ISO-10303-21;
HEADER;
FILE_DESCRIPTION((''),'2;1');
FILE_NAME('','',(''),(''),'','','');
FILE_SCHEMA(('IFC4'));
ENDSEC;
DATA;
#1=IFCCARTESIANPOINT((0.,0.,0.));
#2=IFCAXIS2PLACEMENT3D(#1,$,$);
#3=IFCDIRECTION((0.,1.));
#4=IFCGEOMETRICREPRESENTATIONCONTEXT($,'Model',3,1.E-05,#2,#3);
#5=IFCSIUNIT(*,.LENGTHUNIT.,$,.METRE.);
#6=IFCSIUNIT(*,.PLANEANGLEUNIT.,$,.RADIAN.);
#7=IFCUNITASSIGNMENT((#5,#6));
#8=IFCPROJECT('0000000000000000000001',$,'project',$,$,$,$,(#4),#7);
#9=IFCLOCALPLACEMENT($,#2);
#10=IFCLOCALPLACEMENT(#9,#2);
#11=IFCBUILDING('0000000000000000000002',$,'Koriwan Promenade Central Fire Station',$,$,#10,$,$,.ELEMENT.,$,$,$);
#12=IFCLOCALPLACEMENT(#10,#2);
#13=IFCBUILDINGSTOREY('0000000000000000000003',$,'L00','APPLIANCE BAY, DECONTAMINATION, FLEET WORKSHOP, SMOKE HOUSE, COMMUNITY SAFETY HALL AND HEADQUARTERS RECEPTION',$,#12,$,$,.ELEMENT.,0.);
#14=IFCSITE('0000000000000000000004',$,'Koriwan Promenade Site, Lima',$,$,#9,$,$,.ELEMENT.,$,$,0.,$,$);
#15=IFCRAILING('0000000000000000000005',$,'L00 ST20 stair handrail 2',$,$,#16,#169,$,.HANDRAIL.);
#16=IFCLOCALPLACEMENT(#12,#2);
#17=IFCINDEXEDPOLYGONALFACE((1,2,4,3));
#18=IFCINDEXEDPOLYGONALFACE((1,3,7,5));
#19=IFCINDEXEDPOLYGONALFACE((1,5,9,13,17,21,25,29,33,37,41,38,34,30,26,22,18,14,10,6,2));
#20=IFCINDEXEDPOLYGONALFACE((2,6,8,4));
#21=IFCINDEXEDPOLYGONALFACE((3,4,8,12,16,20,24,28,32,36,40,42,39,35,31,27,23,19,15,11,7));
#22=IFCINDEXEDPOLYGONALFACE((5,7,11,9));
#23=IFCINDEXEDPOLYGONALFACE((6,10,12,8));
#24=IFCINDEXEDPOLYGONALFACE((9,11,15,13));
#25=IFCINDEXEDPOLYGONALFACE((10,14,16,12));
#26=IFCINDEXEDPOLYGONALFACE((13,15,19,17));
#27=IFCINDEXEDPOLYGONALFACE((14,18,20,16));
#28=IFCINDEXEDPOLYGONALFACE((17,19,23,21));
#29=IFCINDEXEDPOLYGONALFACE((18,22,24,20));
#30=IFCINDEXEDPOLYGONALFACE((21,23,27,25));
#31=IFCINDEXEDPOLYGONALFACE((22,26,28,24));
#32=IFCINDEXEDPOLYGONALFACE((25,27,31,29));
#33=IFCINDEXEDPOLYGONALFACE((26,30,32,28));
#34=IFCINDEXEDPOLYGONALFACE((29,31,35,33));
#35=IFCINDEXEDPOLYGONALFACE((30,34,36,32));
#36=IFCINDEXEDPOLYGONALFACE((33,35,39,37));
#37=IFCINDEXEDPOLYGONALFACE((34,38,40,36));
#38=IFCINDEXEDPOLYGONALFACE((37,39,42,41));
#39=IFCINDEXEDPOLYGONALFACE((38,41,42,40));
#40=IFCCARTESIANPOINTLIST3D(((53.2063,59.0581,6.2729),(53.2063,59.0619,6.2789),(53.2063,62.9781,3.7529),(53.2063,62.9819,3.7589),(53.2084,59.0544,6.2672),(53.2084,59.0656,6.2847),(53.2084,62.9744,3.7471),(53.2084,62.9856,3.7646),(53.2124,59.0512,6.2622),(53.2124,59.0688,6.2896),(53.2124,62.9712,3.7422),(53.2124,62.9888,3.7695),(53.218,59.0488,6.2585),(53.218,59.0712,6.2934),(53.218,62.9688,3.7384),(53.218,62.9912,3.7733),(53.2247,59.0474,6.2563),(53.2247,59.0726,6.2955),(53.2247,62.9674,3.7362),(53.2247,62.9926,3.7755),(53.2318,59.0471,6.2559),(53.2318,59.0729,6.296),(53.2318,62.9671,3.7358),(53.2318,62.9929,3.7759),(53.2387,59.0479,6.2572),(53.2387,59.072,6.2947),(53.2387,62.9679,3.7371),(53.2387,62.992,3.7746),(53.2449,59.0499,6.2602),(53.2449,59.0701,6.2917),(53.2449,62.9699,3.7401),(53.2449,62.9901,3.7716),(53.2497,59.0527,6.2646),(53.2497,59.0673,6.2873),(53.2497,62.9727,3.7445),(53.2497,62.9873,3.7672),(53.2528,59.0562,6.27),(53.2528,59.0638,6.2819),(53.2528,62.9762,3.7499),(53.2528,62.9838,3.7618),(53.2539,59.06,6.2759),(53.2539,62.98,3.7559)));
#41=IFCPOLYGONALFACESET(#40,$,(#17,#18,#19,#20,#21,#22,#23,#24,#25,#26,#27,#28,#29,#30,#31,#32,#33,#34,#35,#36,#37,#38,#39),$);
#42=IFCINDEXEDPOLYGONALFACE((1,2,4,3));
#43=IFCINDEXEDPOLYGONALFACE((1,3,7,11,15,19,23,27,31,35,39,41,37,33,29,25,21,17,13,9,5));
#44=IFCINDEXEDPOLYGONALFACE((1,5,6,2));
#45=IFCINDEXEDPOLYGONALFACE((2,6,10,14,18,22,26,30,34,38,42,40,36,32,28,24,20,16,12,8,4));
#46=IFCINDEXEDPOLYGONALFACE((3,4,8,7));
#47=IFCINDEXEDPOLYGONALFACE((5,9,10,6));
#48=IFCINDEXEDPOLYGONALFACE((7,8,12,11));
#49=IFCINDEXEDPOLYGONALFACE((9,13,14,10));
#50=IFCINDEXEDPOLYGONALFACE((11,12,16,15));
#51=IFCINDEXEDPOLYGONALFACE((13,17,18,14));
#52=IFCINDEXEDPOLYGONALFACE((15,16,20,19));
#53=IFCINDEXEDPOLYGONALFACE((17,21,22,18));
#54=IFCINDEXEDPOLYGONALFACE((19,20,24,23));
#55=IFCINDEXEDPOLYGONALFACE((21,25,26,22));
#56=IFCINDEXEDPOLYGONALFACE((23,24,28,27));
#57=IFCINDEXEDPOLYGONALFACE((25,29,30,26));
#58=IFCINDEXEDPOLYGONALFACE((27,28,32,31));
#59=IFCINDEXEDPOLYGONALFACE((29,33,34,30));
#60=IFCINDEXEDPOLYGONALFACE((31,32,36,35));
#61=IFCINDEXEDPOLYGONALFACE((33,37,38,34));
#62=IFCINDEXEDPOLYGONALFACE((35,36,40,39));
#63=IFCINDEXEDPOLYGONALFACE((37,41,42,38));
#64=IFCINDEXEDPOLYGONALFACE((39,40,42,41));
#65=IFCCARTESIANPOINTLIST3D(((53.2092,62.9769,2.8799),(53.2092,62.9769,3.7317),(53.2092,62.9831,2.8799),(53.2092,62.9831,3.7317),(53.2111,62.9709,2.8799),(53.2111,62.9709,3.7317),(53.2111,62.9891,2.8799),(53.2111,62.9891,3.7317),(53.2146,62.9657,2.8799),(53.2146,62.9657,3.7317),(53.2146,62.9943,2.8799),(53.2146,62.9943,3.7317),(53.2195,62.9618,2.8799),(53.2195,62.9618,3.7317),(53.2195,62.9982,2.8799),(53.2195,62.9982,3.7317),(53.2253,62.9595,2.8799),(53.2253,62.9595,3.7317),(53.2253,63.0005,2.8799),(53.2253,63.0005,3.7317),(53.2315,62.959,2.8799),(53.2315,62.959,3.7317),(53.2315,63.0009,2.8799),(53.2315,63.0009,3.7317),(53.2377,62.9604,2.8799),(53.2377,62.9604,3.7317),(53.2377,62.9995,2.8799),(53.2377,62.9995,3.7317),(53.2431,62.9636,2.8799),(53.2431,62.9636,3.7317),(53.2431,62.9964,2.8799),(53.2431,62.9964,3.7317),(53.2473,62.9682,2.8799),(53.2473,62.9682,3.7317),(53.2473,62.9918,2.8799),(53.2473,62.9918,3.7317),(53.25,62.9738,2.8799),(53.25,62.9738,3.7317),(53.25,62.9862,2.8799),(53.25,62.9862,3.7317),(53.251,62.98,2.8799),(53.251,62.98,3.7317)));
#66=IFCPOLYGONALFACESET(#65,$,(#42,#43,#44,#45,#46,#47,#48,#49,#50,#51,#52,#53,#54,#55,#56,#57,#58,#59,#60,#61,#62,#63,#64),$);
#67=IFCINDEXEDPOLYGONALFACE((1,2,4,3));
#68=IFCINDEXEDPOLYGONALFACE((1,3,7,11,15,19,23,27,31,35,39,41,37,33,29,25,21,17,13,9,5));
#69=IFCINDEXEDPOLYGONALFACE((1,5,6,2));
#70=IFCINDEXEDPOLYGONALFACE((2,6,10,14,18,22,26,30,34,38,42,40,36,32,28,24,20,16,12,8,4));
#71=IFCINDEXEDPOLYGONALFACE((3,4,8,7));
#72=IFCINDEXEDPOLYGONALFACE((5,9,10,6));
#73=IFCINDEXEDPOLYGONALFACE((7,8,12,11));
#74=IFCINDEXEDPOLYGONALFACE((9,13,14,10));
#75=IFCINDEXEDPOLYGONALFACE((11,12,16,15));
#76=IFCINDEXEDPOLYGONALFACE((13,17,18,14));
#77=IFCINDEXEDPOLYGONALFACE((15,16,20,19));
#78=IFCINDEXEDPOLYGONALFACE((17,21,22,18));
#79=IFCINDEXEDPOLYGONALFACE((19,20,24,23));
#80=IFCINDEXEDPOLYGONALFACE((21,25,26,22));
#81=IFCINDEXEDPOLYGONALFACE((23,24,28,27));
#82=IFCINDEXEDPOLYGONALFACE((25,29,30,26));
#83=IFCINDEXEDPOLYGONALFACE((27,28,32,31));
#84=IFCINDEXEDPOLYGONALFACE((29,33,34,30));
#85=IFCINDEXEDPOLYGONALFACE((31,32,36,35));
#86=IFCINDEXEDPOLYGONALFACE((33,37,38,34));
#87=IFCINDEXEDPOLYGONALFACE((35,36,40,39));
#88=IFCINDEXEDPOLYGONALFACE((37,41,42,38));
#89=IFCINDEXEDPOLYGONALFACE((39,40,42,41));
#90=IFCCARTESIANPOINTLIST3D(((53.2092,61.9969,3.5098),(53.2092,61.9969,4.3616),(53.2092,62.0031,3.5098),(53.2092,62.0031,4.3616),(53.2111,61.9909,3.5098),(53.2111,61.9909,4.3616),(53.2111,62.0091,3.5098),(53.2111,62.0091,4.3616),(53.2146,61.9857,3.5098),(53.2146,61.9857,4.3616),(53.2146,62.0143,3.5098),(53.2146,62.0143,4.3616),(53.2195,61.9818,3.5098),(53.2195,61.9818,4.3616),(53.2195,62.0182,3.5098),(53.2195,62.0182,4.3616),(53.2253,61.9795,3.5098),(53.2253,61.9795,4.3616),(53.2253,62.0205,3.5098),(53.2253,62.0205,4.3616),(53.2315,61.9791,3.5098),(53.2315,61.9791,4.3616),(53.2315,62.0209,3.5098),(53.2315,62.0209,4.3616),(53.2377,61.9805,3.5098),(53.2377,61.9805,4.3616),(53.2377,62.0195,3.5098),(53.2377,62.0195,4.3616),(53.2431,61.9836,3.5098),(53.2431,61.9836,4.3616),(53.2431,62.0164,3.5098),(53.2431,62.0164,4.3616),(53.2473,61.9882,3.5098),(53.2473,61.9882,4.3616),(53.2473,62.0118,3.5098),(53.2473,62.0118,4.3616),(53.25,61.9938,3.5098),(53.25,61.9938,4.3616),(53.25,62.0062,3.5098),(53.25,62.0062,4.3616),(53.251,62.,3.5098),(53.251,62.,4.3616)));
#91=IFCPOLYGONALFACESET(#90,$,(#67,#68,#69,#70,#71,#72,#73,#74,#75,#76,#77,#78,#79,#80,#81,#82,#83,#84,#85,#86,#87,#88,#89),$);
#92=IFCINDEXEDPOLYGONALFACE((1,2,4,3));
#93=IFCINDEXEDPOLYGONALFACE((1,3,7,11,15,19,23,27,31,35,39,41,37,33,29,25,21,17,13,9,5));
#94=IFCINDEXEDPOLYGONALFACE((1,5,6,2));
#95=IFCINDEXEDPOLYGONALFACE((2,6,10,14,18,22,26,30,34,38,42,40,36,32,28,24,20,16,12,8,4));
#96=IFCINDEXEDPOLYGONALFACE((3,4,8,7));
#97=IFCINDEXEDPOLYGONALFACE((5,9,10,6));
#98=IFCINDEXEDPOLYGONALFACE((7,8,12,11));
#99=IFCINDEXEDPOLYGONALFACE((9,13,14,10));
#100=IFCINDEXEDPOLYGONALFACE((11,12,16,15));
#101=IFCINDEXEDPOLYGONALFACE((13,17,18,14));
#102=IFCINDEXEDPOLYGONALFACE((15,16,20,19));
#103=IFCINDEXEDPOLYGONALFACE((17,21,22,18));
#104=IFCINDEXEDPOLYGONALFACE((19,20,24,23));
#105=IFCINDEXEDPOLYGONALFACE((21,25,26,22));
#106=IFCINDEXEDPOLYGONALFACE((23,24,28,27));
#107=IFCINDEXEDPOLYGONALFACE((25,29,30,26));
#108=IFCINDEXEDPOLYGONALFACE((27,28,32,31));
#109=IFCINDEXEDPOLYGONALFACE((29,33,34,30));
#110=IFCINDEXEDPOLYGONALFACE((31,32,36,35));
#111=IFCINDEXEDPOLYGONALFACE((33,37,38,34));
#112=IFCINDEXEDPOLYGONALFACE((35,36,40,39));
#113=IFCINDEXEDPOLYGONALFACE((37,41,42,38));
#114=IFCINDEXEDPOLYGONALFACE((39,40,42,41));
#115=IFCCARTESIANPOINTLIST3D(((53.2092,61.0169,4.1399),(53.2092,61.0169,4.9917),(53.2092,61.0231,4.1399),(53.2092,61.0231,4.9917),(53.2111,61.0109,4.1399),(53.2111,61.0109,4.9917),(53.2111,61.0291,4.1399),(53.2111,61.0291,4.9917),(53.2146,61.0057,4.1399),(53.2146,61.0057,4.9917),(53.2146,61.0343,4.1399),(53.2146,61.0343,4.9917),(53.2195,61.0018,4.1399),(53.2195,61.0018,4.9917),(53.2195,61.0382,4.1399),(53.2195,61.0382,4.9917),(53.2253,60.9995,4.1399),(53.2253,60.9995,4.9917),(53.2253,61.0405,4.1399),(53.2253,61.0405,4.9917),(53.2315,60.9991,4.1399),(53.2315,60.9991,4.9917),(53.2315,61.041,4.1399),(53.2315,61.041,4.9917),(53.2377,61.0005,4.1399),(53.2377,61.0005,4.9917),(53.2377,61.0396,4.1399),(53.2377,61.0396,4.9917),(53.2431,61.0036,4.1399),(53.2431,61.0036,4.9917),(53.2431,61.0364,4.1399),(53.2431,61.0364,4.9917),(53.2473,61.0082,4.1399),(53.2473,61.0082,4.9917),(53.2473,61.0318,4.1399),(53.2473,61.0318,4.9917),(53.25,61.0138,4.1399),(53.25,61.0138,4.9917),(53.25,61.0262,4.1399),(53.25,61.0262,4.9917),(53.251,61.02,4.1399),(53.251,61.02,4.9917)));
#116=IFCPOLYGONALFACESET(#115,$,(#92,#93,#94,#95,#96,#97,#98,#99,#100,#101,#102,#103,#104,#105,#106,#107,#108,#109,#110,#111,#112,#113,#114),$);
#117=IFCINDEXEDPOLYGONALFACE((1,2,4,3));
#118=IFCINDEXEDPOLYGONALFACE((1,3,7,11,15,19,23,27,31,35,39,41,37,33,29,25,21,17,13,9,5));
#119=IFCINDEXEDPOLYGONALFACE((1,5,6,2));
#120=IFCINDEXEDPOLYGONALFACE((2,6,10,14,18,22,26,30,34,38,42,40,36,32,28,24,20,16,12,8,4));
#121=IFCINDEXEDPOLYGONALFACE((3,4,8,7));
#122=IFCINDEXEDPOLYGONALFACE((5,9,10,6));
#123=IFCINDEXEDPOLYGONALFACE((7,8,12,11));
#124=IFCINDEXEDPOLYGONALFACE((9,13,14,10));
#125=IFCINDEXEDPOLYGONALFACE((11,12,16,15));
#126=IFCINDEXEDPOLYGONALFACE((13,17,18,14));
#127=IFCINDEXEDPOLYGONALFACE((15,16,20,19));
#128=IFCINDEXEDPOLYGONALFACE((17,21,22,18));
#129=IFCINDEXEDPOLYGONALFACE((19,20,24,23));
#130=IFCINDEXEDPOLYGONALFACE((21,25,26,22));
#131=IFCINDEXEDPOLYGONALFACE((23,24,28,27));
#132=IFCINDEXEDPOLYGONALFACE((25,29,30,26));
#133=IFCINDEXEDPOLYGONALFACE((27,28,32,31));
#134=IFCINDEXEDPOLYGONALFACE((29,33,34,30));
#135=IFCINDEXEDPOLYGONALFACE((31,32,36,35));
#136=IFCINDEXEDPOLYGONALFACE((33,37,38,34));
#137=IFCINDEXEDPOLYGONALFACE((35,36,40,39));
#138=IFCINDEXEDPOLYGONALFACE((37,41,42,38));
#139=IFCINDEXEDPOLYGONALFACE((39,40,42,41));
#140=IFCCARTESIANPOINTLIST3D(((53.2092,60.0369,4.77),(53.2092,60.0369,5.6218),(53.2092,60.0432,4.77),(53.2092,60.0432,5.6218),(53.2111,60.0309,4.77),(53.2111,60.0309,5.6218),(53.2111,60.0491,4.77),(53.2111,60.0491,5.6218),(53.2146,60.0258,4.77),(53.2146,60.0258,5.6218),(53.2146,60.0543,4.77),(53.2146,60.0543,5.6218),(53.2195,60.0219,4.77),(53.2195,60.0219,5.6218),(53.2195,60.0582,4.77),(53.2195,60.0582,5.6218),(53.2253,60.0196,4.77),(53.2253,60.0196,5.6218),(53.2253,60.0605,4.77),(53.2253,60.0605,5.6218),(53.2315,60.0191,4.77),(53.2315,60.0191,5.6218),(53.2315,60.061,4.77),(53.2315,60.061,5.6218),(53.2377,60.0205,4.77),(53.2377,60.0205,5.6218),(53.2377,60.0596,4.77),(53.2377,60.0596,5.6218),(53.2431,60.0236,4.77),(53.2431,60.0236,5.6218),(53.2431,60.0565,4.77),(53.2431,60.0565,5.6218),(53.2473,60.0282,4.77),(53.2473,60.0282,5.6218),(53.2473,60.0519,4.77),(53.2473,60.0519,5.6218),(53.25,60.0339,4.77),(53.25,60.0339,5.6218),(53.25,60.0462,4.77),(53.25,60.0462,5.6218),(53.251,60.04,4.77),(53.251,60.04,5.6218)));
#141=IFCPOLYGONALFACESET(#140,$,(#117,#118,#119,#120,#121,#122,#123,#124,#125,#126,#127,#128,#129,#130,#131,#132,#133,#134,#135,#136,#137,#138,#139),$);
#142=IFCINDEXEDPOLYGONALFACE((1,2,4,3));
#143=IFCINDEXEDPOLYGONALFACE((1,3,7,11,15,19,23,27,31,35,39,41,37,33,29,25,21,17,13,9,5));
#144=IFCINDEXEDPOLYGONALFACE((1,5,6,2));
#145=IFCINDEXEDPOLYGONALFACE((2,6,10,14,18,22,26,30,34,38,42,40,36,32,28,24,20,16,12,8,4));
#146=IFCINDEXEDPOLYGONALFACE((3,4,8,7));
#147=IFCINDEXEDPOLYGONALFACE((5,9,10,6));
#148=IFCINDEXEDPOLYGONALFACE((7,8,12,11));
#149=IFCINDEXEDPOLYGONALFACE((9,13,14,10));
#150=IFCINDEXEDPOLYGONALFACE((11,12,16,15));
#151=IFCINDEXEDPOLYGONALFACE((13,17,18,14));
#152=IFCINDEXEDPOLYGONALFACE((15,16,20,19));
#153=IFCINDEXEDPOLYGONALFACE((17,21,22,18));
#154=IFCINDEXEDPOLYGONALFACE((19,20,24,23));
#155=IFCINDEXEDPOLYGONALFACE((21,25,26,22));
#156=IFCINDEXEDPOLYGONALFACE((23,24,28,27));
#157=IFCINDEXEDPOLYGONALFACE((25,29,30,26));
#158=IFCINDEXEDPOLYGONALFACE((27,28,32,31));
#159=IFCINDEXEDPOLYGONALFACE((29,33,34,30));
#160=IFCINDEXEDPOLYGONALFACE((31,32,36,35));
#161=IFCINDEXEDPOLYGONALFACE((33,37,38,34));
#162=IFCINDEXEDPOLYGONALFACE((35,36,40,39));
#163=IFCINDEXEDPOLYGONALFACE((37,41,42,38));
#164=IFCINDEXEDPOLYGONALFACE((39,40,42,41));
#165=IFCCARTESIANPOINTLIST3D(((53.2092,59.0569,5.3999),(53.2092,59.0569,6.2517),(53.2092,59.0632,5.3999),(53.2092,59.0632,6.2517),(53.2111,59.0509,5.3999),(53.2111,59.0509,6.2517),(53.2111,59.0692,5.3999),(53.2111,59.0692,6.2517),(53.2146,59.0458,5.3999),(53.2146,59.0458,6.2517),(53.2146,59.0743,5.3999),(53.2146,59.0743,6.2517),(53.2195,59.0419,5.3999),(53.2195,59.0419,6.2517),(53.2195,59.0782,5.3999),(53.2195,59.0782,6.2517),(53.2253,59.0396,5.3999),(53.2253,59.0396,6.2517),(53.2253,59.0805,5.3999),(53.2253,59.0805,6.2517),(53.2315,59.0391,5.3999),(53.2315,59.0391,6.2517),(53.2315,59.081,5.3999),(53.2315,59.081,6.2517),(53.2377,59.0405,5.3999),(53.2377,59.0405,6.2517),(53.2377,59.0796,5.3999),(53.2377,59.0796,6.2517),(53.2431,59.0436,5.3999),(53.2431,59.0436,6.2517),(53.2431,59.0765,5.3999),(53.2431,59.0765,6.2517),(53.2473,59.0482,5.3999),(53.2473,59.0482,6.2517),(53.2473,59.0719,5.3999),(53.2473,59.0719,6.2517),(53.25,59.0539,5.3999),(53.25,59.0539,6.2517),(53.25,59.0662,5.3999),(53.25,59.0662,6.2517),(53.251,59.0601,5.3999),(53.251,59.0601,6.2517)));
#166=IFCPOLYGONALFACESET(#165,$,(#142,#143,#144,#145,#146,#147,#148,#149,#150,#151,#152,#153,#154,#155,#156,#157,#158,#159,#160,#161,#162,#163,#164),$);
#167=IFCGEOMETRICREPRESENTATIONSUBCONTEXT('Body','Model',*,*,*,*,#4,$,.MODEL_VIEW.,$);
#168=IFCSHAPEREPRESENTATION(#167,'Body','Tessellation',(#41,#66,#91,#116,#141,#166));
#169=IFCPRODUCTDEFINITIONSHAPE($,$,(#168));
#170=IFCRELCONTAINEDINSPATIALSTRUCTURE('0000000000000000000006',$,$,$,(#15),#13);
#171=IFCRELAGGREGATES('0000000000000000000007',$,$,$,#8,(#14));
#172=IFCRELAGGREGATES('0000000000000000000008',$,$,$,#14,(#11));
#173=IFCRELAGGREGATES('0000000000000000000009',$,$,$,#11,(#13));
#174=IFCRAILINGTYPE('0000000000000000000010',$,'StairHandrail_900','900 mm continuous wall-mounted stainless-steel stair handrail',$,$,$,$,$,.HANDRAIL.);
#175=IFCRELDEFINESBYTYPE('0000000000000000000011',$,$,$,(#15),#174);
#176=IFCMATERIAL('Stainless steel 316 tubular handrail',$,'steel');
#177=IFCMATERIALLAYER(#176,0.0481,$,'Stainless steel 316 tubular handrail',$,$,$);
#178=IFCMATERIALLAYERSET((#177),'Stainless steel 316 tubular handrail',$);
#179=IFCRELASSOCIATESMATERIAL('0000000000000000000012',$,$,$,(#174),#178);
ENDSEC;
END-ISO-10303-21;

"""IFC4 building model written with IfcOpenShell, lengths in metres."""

from ifc_helpers import new_model, si_unit, direction, frame, origin, origin_2d, place, context, subcontext, project, spatial, circle, extrude, material, layer, layer_set, type_object, element, save


model = new_model("IFC4")

# Units and contexts
model_context = context("Model", 3, precision=1e-05, world=origin(), true_north=direction((0.0, 1.0)))
body_context = subcontext(model_context, "Body", "Model", "MODEL_VIEW")
ifc_project = project(units=[si_unit("LENGTHUNIT", "METRE"), si_unit("PLANEANGLEUNIT", "RADIAN")], contexts=[model_context])

# Site, building, storey
site_placement = place(None, origin())
site = spatial("IfcSite", under=ifc_project, at=site_placement, Name="Koriwan Promenade Site, Lima", CompositionType="ELEMENT", RefElevation=0.0)
building_placement = place(site_placement, origin())
building = spatial("IfcBuilding", under=site, at=building_placement, Name="Koriwan Promenade Central Fire Station", CompositionType="ELEMENT")
storey_placement = place(building_placement, origin())
storey = spatial("IfcBuildingStorey", under=building, at=storey_placement, Name="L00", Description="APPLIANCE BAY, DECONTAMINATION, FLEET WORKSHOP, SMOKE HOUSE, COMMUNITY SAFETY HALL AND HEADQUARTERS RECEPTION", CompositionType="ELEMENT", Elevation=0.0)

# Railing
ifc_material_1 = material(Name="Stainless steel 316 tubular handrail", Category="steel")
ifc_layer_1 = layer(ifc_material_1, 0.0481, Name="Stainless steel 316 tubular handrail")
ifc_layer_set_1 = layer_set([ifc_layer_1], Name="Stainless steel 316 tubular handrail")
railing_type_1 = type_object("IfcRailingType", Name="StairHandrail_900", Description="900 mm continuous wall-mounted stainless-steel stair handrail", PredefinedType="HANDRAIL", material=ifc_layer_set_1)
railing_1_placement = place(storey_placement, frame((53.23, 62.98, 2.8799)))
element("IfcRailing", 1, at=railing_1_placement, inside=storey, type_object=railing_type_1, Name="L00 ST20 stair handrail 2", PredefinedType="HANDRAIL", context=body_context, shape_type="SweptSolid", body=[
    extrude(circle(Radius=0.0239, at=origin_2d()), frame((0.0, 0.0, 0.876), z_axis=(0.0, -0.841172, 0.540768), x_axis=(1.0, 0.0, 0.0)), (0.0, 0.0, 1.0), 4.6602),
    extrude(circle(Radius=0.021, at=origin_2d()), origin(), (0.0, 0.0, 1.0), 0.8518),
    extrude(circle(Radius=0.021, at=origin_2d()), frame((0.0, -0.98, 0.6299)), (0.0, 0.0, 1.0), 0.8518),
    extrude(circle(Radius=0.021, at=origin_2d()), frame((0.0, -1.96, 1.26)), (0.0, 0.0, 1.0), 0.8518),
    extrude(circle(Radius=0.021, at=origin_2d()), frame((0.0, -2.9399, 1.8901)), (0.0, 0.0, 1.0), 0.8518),
    extrude(circle(Radius=0.021, at=origin_2d()), frame((0.0, -3.9199, 2.52)), (0.0, 0.0, 1.0), 0.8518),
])

save(model, "model.ifc")
